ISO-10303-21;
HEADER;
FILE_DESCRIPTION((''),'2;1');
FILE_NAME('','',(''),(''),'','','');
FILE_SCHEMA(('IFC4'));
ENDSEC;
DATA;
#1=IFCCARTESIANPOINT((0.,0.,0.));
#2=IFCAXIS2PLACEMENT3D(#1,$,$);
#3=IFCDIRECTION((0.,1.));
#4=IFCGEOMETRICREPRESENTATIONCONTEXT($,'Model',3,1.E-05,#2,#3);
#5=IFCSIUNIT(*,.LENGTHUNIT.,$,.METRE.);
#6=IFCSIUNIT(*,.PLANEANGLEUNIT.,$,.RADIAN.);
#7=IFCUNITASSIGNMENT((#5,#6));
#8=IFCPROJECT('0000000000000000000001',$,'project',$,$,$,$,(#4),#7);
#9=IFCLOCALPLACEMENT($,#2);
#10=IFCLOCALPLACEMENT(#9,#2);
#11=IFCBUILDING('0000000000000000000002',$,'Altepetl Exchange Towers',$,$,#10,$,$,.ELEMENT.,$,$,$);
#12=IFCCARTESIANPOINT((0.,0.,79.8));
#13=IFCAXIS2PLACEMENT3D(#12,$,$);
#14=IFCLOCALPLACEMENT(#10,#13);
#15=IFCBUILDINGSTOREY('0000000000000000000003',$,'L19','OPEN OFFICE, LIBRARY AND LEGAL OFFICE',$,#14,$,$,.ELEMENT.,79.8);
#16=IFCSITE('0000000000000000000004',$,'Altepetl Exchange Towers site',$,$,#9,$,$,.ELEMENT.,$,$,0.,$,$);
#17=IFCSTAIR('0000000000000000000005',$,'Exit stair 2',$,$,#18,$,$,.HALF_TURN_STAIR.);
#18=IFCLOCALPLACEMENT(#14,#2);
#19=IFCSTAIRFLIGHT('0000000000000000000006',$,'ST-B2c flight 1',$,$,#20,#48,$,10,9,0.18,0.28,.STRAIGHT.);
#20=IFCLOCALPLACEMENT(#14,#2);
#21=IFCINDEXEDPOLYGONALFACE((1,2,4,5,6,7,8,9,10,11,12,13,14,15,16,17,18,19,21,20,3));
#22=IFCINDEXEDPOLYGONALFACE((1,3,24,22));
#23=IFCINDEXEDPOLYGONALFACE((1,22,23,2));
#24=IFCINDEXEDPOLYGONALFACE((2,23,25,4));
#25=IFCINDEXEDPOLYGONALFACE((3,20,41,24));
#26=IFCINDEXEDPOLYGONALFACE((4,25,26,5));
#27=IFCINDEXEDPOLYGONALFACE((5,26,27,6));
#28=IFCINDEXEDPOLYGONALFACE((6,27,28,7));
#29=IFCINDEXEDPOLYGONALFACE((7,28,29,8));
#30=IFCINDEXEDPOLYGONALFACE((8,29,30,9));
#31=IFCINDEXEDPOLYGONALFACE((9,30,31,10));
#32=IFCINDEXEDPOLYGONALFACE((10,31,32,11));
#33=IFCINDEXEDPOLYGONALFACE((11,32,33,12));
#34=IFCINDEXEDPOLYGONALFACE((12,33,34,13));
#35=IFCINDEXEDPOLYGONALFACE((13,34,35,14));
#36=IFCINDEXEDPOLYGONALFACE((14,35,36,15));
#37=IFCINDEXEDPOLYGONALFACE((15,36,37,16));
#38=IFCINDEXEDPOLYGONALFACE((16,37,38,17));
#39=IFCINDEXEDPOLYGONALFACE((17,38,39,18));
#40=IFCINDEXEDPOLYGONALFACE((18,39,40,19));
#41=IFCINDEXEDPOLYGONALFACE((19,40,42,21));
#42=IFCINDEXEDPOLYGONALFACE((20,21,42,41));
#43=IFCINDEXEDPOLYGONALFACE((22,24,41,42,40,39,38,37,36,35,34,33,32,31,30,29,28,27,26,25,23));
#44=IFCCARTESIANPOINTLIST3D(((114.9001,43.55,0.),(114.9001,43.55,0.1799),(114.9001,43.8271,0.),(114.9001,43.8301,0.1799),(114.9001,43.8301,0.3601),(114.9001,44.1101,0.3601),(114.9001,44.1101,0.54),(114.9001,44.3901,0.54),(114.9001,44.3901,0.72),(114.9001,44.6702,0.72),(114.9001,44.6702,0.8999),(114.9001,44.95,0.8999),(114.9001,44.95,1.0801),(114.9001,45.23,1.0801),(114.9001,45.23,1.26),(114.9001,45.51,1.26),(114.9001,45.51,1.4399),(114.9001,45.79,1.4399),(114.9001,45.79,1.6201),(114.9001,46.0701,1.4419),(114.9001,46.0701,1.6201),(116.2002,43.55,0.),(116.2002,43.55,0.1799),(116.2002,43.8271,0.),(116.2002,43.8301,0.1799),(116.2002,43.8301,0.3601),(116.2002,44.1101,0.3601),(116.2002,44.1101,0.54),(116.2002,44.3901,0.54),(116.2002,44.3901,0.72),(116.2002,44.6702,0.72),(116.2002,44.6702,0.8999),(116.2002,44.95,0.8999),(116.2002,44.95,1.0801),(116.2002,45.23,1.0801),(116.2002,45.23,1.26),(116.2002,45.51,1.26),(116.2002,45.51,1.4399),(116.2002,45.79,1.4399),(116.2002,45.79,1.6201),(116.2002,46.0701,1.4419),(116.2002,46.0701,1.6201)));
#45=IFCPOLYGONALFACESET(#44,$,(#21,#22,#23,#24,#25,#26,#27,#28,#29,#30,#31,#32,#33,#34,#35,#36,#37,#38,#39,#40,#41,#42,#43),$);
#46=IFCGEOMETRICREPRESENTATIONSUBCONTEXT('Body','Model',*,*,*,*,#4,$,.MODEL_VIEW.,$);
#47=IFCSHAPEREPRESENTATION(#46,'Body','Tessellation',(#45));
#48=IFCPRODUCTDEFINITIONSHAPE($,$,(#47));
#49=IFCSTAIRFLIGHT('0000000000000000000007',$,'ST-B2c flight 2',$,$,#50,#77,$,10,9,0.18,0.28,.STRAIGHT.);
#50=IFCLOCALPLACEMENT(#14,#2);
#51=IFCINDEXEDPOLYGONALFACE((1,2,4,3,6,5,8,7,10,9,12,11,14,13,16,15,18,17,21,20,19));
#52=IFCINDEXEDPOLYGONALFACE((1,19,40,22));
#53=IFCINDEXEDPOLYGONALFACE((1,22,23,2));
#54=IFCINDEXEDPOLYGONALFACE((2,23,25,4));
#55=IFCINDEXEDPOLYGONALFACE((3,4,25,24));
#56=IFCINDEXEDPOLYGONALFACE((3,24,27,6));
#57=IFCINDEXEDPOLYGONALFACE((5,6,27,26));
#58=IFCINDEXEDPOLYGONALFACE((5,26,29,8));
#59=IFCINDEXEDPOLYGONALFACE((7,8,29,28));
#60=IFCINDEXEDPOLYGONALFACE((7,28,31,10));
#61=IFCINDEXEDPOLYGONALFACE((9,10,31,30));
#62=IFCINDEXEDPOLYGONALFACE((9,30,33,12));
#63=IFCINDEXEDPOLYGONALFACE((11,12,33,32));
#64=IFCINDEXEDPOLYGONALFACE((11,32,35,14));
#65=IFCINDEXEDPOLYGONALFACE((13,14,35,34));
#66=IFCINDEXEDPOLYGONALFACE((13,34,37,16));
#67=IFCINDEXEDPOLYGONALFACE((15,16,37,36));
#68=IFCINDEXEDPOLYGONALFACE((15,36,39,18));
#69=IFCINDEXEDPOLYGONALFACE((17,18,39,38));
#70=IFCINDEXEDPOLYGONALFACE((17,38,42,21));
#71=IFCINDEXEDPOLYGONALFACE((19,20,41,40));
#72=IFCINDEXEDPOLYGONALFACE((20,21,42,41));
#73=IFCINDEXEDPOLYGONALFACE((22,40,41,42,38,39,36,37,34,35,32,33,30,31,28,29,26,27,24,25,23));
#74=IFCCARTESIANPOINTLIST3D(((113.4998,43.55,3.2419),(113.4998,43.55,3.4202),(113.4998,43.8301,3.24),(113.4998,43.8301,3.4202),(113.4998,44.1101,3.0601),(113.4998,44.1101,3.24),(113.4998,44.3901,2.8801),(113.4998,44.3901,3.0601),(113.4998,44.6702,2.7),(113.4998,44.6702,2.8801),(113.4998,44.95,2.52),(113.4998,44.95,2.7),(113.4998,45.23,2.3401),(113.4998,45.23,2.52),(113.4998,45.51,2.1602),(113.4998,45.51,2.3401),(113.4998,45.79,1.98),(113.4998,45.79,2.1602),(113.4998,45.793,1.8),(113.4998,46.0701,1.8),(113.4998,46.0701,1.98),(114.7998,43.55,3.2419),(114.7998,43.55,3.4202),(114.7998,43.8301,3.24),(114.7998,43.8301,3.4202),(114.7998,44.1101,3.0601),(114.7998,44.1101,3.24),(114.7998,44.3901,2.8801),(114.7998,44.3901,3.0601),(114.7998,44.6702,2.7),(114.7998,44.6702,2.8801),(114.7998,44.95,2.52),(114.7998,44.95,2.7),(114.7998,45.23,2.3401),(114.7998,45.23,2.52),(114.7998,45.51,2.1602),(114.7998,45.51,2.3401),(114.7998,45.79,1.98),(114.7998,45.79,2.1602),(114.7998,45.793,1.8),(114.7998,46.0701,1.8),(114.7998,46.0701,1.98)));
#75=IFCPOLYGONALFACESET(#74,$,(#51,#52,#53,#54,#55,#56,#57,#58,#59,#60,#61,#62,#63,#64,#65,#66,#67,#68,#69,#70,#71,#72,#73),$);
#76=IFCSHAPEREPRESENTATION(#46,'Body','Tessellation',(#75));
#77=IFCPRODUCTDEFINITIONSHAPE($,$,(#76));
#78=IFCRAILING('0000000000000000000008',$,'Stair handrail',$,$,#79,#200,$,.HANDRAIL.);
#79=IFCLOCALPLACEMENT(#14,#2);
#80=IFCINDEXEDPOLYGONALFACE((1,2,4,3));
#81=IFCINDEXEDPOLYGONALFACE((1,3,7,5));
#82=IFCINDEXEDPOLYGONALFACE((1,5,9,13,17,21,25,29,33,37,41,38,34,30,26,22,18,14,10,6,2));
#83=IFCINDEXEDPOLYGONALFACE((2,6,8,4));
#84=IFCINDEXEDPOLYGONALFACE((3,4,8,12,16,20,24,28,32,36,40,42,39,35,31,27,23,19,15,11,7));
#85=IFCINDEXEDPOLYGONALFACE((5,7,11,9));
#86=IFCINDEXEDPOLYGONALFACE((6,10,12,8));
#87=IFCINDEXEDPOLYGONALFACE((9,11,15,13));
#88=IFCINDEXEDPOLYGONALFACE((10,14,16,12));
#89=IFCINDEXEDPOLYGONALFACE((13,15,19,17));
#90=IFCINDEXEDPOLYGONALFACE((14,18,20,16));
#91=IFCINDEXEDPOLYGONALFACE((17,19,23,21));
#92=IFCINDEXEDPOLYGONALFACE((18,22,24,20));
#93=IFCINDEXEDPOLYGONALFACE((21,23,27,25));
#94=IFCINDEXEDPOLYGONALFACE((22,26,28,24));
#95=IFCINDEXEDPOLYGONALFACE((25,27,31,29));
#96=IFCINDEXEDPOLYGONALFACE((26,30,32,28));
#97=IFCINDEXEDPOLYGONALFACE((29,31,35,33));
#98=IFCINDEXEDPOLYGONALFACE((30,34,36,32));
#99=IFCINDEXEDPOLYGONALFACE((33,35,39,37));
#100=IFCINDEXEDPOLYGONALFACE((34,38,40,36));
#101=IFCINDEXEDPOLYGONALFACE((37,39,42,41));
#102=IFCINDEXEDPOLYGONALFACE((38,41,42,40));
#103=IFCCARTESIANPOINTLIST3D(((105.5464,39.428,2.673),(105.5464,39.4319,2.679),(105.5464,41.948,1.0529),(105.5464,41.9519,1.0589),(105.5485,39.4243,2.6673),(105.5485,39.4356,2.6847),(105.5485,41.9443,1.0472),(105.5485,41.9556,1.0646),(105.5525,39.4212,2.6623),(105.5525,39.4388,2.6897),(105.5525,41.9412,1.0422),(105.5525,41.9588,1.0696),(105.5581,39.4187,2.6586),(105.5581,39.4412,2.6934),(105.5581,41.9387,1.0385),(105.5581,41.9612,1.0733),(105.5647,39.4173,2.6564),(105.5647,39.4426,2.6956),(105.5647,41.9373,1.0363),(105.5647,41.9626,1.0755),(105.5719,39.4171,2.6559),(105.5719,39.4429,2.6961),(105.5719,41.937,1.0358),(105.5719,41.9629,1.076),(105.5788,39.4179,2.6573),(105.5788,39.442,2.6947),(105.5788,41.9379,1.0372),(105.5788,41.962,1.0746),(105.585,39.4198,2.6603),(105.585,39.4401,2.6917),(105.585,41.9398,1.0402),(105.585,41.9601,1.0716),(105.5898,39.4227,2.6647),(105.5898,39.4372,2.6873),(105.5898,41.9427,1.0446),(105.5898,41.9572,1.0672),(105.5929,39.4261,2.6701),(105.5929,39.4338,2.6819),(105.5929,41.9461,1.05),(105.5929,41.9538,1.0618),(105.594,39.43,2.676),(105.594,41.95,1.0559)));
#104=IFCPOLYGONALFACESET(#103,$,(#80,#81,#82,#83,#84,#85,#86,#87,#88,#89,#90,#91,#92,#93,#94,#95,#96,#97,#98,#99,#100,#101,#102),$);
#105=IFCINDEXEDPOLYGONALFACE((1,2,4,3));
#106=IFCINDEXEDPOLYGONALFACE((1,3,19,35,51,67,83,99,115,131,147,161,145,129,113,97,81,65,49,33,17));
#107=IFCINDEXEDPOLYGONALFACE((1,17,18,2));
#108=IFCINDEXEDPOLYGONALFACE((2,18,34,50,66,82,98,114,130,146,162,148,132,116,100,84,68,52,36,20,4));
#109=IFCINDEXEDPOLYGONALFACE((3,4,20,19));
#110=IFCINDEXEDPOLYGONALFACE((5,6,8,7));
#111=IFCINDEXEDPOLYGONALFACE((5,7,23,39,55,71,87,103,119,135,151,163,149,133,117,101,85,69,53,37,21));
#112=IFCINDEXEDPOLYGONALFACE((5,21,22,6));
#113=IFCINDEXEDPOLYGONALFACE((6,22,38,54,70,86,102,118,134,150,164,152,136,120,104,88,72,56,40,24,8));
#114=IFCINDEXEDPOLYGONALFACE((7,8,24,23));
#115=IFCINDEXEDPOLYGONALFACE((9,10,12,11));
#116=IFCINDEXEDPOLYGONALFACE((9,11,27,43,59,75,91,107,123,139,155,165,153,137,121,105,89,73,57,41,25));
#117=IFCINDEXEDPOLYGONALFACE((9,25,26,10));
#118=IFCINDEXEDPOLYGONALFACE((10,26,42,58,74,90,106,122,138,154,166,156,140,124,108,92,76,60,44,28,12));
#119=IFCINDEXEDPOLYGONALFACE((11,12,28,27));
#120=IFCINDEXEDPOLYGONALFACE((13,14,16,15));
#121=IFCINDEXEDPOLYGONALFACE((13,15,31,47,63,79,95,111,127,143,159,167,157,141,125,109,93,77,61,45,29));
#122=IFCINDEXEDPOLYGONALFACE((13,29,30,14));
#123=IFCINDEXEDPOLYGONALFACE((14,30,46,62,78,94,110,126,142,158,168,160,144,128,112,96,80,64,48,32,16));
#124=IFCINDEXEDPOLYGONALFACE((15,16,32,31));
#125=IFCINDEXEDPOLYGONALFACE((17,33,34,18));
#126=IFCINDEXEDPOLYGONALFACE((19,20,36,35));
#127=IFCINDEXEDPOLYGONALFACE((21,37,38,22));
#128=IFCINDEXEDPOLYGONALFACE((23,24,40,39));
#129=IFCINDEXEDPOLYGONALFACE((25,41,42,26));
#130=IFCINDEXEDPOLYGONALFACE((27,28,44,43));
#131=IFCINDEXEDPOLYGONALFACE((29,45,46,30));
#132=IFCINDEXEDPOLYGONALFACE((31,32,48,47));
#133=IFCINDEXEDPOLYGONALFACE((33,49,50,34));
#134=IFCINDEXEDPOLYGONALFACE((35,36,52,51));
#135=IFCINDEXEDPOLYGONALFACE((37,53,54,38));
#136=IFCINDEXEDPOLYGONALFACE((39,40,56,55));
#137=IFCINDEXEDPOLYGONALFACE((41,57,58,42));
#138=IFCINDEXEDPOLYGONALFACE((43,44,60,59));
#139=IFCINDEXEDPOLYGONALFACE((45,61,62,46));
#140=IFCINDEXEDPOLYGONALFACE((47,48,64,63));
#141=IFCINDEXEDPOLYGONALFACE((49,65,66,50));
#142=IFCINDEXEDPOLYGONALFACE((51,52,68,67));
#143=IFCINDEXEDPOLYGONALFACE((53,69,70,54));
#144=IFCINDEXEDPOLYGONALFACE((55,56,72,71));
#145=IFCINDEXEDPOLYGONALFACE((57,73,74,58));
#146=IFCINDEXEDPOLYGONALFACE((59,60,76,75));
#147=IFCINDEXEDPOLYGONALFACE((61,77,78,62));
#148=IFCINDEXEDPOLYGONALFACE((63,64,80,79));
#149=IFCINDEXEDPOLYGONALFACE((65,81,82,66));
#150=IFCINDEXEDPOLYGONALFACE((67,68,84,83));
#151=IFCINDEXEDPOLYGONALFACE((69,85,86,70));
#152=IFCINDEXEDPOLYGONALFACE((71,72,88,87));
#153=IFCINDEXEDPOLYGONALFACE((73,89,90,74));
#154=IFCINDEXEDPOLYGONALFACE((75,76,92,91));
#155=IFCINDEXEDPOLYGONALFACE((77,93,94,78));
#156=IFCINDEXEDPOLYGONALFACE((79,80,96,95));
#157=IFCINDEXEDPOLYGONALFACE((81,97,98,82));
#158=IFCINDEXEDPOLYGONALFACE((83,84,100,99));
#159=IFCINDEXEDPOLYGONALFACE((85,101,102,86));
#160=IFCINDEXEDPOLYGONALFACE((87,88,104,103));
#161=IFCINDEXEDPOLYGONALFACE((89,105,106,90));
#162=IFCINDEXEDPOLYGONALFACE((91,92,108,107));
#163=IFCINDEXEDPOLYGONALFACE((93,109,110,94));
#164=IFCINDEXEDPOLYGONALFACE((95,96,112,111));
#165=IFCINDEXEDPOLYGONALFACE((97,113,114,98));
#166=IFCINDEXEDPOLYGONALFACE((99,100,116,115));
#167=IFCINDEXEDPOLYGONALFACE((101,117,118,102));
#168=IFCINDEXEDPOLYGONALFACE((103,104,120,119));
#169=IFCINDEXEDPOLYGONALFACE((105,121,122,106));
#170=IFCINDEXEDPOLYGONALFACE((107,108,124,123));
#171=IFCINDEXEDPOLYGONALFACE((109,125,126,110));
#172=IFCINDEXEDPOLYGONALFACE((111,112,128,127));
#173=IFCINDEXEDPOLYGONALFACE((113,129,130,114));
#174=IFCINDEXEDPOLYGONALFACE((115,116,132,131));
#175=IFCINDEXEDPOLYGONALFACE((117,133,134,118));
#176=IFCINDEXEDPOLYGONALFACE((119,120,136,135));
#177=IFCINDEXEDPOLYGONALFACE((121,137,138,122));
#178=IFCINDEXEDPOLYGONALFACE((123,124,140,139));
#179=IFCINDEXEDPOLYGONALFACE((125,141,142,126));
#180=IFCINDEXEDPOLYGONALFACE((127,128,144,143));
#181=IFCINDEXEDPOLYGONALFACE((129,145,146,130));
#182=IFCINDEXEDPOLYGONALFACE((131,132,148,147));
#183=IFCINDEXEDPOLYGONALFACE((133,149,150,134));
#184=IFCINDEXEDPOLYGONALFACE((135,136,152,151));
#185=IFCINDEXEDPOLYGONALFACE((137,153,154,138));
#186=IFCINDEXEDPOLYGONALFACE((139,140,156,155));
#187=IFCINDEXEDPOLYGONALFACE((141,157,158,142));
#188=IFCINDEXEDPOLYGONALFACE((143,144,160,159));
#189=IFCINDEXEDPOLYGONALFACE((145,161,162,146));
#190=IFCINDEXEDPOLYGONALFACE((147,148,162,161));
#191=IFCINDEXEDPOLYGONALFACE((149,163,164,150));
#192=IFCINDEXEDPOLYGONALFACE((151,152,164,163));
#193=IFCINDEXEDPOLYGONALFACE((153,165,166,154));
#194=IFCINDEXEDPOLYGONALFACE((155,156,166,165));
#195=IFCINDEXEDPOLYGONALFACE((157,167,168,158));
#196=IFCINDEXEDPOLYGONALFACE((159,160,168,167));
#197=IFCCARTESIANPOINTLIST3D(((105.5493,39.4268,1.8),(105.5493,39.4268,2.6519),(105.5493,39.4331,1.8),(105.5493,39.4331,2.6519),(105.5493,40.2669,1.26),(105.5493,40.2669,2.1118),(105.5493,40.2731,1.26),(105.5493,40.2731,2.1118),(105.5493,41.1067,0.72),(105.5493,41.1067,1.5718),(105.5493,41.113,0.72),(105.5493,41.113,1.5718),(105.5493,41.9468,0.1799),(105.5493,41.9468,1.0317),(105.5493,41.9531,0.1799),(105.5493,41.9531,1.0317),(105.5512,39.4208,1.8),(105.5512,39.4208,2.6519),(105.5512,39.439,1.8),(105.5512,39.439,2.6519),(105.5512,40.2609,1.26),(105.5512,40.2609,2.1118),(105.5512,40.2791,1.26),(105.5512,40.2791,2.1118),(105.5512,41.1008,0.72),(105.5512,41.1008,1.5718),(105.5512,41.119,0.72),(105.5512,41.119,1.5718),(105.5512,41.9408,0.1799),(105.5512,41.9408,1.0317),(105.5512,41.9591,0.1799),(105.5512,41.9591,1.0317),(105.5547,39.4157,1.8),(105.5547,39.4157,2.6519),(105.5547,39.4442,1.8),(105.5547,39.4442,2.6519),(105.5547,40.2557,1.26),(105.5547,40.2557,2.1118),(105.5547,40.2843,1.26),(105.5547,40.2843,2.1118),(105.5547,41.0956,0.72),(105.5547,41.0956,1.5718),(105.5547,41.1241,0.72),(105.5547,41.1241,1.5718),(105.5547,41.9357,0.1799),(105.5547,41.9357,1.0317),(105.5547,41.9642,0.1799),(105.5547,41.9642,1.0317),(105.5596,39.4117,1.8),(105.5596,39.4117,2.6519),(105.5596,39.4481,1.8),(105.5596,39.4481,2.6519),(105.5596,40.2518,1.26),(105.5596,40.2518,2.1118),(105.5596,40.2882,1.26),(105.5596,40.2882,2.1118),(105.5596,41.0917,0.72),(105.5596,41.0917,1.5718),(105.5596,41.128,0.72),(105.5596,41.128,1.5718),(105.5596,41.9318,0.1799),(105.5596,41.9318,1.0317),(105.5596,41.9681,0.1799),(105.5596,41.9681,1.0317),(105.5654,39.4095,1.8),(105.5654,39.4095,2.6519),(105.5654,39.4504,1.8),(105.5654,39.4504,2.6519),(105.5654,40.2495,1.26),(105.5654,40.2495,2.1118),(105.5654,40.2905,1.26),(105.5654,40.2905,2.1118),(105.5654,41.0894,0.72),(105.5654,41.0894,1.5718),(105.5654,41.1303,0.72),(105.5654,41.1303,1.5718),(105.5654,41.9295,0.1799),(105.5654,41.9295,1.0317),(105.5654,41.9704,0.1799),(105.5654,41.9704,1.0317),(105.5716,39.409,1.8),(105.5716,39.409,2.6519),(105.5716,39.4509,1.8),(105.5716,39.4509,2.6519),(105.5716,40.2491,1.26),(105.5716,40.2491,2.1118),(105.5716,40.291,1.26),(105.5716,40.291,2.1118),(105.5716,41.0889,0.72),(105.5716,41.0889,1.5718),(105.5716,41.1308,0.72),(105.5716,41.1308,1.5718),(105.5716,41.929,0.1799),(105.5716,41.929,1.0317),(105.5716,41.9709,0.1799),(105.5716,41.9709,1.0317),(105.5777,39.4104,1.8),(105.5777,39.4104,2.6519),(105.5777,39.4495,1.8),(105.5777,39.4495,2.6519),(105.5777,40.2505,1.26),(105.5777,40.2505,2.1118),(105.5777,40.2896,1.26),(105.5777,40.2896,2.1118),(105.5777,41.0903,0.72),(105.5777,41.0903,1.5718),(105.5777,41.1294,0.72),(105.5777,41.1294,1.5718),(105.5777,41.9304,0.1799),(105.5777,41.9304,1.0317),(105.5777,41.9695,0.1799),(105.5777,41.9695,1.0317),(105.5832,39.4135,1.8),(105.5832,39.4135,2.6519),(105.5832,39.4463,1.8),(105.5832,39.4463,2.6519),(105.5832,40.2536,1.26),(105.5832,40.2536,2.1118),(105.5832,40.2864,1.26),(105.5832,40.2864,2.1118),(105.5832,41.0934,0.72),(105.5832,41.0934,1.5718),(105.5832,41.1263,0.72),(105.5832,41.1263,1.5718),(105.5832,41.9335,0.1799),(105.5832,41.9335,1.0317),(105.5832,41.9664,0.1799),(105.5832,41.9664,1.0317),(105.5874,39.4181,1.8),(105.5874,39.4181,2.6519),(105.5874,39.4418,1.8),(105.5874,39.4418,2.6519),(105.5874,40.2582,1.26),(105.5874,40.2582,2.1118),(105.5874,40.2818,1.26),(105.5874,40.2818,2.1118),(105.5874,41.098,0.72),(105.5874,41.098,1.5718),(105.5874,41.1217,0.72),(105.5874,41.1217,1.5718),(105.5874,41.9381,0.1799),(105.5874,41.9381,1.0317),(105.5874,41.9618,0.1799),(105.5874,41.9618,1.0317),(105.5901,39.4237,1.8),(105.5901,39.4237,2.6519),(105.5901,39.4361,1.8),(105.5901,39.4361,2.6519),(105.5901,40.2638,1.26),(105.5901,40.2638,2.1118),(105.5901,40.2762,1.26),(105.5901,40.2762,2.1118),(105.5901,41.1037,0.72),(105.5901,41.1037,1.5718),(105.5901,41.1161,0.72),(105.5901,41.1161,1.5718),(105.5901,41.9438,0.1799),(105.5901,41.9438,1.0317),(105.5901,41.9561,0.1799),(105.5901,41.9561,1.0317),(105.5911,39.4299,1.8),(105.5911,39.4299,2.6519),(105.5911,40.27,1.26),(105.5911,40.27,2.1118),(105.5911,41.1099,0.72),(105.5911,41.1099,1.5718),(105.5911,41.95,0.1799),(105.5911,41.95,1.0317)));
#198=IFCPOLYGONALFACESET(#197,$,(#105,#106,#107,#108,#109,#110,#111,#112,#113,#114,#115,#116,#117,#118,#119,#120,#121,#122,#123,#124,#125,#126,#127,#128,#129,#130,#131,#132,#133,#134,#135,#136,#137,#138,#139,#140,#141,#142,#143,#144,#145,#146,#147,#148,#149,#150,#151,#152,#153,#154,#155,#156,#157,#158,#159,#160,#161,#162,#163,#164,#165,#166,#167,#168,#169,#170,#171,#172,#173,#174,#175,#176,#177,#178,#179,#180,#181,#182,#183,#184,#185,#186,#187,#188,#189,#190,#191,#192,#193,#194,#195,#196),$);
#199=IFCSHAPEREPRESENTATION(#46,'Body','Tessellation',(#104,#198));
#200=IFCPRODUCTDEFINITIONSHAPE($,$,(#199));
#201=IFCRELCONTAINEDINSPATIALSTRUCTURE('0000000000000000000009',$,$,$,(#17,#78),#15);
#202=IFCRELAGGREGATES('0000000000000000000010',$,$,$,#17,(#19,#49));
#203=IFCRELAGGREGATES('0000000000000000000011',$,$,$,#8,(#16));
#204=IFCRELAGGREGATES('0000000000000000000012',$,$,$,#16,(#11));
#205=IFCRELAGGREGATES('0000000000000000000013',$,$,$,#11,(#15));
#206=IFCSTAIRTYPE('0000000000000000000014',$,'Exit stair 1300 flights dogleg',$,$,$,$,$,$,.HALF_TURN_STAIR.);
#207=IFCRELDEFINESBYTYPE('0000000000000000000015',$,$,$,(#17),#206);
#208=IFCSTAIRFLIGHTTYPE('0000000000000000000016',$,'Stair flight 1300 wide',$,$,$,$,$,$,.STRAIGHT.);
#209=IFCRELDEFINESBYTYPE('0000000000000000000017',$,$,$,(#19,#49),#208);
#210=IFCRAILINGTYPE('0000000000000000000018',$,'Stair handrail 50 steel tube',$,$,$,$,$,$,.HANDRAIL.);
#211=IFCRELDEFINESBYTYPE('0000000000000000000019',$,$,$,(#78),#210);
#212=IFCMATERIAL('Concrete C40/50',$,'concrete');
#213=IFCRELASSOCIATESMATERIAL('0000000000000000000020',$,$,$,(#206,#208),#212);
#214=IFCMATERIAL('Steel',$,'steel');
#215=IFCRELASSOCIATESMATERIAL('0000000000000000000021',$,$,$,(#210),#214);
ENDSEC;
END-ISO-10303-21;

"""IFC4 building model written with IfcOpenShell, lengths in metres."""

from ifc_helpers import new_model, si_unit, direction, frame, origin, origin_2d, place, context, subcontext, project, spatial, polyline, circle, outline, extrude, source, transform, mapped, material, type_object, element, aggregate, save


model = new_model("IFC4")

# Units and contexts
model_context = context("Model", 3, precision=1e-05, world=origin(), true_north=direction((0.0, 1.0)))
body_context = subcontext(model_context, "Body", "Model", "MODEL_VIEW")
ifc_project = project(units=[si_unit("LENGTHUNIT", "METRE"), si_unit("PLANEANGLEUNIT", "RADIAN")], contexts=[model_context])

# Site, building, storey
site_placement = place(None, origin())
site = spatial("IfcSite", under=ifc_project, at=site_placement, Name="Altepetl Exchange Towers site", CompositionType="ELEMENT", RefElevation=0.0)
building_placement = place(site_placement, origin())
building = spatial("IfcBuilding", under=site, at=building_placement, Name="Altepetl Exchange Towers", CompositionType="ELEMENT")
storey_placement = place(building_placement, frame((0.0, 0.0, 79.8)))
storey = spatial("IfcBuildingStorey", under=building, at=storey_placement, Name="L19", Description="OPEN OFFICE, LIBRARY AND LEGAL OFFICE", CompositionType="ELEMENT", Elevation=79.8)

# Shared definitions
ifc_material_1 = material(Name="Concrete C40/50", Category="concrete")

# Shared definitions
stair_type = type_object("IfcStairType", Name="Exit stair 1300 flights dogleg", PredefinedType="HALF_TURN_STAIR", material=ifc_material_1)
stair_flight_type = type_object("IfcStairFlightType", Name="Stair flight 1300 wide", PredefinedType="STRAIGHT", material=ifc_material_1)

# Stair, stair flights
stair_1_placement = place(storey_placement, origin())
stair_1 = element("IfcStair", 1, at=stair_1_placement, inside=storey, type_object=stair_type, Name="Exit stair 2", PredefinedType="HALF_TURN_STAIR")
stair_flight_1_placement = place(storey_placement, frame((115.55, 43.55, 0.0), z_axis=(0.0, 0.0, 1.0), x_axis=(0.0, 1.0, 0.0)))
stair_flight_1 = element("IfcStairFlight", 2, at=stair_flight_1_placement, type_object=stair_flight_type, Name="ST-B2c flight 1", NumberOfRisers=10, NumberOfTreads=9, PredefinedType="STRAIGHT", RiserHeight=0.18, TreadLength=0.28, context=body_context, shape_type="SweptSolid", body=[
    extrude(outline(polyline([(0.0, 0.0), (0.0, 0.1799), (0.28, 0.1799), (0.28, 0.3601), (0.5601, 0.3601), (0.5601, 0.54), (0.8401, 0.54), (0.8401, 0.72), (1.1201, 0.72), (1.1201, 0.8999), (1.3999, 0.8999), (1.3999, 1.0801), (1.6799, 1.0801), (1.6799, 1.26), (1.96, 1.26), (1.96, 1.4399), (2.24, 1.4399), (2.24, 1.6201), (2.52, 1.6201), (2.52, 1.8), (2.52, 1.4419), (0.2771, 0.0), (0.0, 0.0)])), frame((0.0, 0.6499, 0.0), z_axis=(0.0, -1.0, 0.0), x_axis=(1.0, 0.0, 0.0)), (0.0, 0.0, 1.0), 1.3),
])
stair_flight_2_placement = place(storey_placement, frame((114.1499, 46.0701, 1.8), z_axis=(0.0, 0.0, 1.0), x_axis=(0.0, -1.0, 0.0)))
stair_flight_2 = element("IfcStairFlight", 3, at=stair_flight_2_placement, type_object=stair_flight_type, Name="ST-B2c flight 2", NumberOfRisers=10, NumberOfTreads=9, PredefinedType="STRAIGHT", RiserHeight=0.18, TreadLength=0.28, context=body_context, shape_type="SweptSolid", body=[
    extrude(outline(polyline([(0.0, 0.0), (0.0, 0.1799), (0.28, 0.1799), (0.28, 0.3601), (0.5601, 0.3601), (0.5601, 0.54), (0.8401, 0.54), (0.8401, 0.72), (1.1201, 0.72), (1.1201, 0.8999), (1.3999, 0.8999), (1.3999, 1.0801), (1.6799, 1.0801), (1.6799, 1.26), (1.96, 1.26), (1.96, 1.4399), (2.24, 1.4399), (2.24, 1.6201), (2.52, 1.6201), (2.52, 1.8), (2.52, 1.4419), (0.2771, 0.0), (0.0, 0.0)])), frame((0.0, 0.6499, 0.0), z_axis=(0.0, -1.0, 0.0), x_axis=(1.0, 0.0, 0.0)), (0.0, 0.0, 1.0), 1.3),
])
aggregate(stair_1, [stair_flight_1, stair_flight_2])

# Railing
ifc_material_2 = material(Name="Steel", Category="steel")
railing_type = type_object("IfcRailingType", Name="Stair handrail 50 steel tube", PredefinedType="HANDRAIL", material=ifc_material_2)
shared_shape = source(origin(), body_context, "Body", "SweptSolid", [
    extrude(circle(Radius=0.021, at=origin_2d()), origin(), (0.0, 0.0, 1.0), 0.8518),
])
railing_1_placement = place(storey_placement, frame((105.5701, 41.95, 0.1799)))
element("IfcRailing", 4, at=railing_1_placement, inside=storey, type_object=railing_type, Name="Stair handrail", PredefinedType="HANDRAIL", context=body_context, shape_type="SweptSolid", body=[
    extrude(circle(Radius=0.0239, at=origin_2d()), frame((0.0, 0.0, 0.876), z_axis=(0.0, -0.841163, 0.540782), x_axis=(1.0, 0.0, 0.0)), (0.0, 0.0, 1.0), 2.9958),
    mapped(shared_shape, transform((0.0, 0.0, 0.0))),
    mapped(shared_shape, transform((0.0, -0.8401, 0.54))),
    mapped(shared_shape, transform((0.0, -1.6799, 1.0801))),
    mapped(shared_shape, transform((0.0, -2.52, 1.6201))),
])

save(model, "model.ifc")
